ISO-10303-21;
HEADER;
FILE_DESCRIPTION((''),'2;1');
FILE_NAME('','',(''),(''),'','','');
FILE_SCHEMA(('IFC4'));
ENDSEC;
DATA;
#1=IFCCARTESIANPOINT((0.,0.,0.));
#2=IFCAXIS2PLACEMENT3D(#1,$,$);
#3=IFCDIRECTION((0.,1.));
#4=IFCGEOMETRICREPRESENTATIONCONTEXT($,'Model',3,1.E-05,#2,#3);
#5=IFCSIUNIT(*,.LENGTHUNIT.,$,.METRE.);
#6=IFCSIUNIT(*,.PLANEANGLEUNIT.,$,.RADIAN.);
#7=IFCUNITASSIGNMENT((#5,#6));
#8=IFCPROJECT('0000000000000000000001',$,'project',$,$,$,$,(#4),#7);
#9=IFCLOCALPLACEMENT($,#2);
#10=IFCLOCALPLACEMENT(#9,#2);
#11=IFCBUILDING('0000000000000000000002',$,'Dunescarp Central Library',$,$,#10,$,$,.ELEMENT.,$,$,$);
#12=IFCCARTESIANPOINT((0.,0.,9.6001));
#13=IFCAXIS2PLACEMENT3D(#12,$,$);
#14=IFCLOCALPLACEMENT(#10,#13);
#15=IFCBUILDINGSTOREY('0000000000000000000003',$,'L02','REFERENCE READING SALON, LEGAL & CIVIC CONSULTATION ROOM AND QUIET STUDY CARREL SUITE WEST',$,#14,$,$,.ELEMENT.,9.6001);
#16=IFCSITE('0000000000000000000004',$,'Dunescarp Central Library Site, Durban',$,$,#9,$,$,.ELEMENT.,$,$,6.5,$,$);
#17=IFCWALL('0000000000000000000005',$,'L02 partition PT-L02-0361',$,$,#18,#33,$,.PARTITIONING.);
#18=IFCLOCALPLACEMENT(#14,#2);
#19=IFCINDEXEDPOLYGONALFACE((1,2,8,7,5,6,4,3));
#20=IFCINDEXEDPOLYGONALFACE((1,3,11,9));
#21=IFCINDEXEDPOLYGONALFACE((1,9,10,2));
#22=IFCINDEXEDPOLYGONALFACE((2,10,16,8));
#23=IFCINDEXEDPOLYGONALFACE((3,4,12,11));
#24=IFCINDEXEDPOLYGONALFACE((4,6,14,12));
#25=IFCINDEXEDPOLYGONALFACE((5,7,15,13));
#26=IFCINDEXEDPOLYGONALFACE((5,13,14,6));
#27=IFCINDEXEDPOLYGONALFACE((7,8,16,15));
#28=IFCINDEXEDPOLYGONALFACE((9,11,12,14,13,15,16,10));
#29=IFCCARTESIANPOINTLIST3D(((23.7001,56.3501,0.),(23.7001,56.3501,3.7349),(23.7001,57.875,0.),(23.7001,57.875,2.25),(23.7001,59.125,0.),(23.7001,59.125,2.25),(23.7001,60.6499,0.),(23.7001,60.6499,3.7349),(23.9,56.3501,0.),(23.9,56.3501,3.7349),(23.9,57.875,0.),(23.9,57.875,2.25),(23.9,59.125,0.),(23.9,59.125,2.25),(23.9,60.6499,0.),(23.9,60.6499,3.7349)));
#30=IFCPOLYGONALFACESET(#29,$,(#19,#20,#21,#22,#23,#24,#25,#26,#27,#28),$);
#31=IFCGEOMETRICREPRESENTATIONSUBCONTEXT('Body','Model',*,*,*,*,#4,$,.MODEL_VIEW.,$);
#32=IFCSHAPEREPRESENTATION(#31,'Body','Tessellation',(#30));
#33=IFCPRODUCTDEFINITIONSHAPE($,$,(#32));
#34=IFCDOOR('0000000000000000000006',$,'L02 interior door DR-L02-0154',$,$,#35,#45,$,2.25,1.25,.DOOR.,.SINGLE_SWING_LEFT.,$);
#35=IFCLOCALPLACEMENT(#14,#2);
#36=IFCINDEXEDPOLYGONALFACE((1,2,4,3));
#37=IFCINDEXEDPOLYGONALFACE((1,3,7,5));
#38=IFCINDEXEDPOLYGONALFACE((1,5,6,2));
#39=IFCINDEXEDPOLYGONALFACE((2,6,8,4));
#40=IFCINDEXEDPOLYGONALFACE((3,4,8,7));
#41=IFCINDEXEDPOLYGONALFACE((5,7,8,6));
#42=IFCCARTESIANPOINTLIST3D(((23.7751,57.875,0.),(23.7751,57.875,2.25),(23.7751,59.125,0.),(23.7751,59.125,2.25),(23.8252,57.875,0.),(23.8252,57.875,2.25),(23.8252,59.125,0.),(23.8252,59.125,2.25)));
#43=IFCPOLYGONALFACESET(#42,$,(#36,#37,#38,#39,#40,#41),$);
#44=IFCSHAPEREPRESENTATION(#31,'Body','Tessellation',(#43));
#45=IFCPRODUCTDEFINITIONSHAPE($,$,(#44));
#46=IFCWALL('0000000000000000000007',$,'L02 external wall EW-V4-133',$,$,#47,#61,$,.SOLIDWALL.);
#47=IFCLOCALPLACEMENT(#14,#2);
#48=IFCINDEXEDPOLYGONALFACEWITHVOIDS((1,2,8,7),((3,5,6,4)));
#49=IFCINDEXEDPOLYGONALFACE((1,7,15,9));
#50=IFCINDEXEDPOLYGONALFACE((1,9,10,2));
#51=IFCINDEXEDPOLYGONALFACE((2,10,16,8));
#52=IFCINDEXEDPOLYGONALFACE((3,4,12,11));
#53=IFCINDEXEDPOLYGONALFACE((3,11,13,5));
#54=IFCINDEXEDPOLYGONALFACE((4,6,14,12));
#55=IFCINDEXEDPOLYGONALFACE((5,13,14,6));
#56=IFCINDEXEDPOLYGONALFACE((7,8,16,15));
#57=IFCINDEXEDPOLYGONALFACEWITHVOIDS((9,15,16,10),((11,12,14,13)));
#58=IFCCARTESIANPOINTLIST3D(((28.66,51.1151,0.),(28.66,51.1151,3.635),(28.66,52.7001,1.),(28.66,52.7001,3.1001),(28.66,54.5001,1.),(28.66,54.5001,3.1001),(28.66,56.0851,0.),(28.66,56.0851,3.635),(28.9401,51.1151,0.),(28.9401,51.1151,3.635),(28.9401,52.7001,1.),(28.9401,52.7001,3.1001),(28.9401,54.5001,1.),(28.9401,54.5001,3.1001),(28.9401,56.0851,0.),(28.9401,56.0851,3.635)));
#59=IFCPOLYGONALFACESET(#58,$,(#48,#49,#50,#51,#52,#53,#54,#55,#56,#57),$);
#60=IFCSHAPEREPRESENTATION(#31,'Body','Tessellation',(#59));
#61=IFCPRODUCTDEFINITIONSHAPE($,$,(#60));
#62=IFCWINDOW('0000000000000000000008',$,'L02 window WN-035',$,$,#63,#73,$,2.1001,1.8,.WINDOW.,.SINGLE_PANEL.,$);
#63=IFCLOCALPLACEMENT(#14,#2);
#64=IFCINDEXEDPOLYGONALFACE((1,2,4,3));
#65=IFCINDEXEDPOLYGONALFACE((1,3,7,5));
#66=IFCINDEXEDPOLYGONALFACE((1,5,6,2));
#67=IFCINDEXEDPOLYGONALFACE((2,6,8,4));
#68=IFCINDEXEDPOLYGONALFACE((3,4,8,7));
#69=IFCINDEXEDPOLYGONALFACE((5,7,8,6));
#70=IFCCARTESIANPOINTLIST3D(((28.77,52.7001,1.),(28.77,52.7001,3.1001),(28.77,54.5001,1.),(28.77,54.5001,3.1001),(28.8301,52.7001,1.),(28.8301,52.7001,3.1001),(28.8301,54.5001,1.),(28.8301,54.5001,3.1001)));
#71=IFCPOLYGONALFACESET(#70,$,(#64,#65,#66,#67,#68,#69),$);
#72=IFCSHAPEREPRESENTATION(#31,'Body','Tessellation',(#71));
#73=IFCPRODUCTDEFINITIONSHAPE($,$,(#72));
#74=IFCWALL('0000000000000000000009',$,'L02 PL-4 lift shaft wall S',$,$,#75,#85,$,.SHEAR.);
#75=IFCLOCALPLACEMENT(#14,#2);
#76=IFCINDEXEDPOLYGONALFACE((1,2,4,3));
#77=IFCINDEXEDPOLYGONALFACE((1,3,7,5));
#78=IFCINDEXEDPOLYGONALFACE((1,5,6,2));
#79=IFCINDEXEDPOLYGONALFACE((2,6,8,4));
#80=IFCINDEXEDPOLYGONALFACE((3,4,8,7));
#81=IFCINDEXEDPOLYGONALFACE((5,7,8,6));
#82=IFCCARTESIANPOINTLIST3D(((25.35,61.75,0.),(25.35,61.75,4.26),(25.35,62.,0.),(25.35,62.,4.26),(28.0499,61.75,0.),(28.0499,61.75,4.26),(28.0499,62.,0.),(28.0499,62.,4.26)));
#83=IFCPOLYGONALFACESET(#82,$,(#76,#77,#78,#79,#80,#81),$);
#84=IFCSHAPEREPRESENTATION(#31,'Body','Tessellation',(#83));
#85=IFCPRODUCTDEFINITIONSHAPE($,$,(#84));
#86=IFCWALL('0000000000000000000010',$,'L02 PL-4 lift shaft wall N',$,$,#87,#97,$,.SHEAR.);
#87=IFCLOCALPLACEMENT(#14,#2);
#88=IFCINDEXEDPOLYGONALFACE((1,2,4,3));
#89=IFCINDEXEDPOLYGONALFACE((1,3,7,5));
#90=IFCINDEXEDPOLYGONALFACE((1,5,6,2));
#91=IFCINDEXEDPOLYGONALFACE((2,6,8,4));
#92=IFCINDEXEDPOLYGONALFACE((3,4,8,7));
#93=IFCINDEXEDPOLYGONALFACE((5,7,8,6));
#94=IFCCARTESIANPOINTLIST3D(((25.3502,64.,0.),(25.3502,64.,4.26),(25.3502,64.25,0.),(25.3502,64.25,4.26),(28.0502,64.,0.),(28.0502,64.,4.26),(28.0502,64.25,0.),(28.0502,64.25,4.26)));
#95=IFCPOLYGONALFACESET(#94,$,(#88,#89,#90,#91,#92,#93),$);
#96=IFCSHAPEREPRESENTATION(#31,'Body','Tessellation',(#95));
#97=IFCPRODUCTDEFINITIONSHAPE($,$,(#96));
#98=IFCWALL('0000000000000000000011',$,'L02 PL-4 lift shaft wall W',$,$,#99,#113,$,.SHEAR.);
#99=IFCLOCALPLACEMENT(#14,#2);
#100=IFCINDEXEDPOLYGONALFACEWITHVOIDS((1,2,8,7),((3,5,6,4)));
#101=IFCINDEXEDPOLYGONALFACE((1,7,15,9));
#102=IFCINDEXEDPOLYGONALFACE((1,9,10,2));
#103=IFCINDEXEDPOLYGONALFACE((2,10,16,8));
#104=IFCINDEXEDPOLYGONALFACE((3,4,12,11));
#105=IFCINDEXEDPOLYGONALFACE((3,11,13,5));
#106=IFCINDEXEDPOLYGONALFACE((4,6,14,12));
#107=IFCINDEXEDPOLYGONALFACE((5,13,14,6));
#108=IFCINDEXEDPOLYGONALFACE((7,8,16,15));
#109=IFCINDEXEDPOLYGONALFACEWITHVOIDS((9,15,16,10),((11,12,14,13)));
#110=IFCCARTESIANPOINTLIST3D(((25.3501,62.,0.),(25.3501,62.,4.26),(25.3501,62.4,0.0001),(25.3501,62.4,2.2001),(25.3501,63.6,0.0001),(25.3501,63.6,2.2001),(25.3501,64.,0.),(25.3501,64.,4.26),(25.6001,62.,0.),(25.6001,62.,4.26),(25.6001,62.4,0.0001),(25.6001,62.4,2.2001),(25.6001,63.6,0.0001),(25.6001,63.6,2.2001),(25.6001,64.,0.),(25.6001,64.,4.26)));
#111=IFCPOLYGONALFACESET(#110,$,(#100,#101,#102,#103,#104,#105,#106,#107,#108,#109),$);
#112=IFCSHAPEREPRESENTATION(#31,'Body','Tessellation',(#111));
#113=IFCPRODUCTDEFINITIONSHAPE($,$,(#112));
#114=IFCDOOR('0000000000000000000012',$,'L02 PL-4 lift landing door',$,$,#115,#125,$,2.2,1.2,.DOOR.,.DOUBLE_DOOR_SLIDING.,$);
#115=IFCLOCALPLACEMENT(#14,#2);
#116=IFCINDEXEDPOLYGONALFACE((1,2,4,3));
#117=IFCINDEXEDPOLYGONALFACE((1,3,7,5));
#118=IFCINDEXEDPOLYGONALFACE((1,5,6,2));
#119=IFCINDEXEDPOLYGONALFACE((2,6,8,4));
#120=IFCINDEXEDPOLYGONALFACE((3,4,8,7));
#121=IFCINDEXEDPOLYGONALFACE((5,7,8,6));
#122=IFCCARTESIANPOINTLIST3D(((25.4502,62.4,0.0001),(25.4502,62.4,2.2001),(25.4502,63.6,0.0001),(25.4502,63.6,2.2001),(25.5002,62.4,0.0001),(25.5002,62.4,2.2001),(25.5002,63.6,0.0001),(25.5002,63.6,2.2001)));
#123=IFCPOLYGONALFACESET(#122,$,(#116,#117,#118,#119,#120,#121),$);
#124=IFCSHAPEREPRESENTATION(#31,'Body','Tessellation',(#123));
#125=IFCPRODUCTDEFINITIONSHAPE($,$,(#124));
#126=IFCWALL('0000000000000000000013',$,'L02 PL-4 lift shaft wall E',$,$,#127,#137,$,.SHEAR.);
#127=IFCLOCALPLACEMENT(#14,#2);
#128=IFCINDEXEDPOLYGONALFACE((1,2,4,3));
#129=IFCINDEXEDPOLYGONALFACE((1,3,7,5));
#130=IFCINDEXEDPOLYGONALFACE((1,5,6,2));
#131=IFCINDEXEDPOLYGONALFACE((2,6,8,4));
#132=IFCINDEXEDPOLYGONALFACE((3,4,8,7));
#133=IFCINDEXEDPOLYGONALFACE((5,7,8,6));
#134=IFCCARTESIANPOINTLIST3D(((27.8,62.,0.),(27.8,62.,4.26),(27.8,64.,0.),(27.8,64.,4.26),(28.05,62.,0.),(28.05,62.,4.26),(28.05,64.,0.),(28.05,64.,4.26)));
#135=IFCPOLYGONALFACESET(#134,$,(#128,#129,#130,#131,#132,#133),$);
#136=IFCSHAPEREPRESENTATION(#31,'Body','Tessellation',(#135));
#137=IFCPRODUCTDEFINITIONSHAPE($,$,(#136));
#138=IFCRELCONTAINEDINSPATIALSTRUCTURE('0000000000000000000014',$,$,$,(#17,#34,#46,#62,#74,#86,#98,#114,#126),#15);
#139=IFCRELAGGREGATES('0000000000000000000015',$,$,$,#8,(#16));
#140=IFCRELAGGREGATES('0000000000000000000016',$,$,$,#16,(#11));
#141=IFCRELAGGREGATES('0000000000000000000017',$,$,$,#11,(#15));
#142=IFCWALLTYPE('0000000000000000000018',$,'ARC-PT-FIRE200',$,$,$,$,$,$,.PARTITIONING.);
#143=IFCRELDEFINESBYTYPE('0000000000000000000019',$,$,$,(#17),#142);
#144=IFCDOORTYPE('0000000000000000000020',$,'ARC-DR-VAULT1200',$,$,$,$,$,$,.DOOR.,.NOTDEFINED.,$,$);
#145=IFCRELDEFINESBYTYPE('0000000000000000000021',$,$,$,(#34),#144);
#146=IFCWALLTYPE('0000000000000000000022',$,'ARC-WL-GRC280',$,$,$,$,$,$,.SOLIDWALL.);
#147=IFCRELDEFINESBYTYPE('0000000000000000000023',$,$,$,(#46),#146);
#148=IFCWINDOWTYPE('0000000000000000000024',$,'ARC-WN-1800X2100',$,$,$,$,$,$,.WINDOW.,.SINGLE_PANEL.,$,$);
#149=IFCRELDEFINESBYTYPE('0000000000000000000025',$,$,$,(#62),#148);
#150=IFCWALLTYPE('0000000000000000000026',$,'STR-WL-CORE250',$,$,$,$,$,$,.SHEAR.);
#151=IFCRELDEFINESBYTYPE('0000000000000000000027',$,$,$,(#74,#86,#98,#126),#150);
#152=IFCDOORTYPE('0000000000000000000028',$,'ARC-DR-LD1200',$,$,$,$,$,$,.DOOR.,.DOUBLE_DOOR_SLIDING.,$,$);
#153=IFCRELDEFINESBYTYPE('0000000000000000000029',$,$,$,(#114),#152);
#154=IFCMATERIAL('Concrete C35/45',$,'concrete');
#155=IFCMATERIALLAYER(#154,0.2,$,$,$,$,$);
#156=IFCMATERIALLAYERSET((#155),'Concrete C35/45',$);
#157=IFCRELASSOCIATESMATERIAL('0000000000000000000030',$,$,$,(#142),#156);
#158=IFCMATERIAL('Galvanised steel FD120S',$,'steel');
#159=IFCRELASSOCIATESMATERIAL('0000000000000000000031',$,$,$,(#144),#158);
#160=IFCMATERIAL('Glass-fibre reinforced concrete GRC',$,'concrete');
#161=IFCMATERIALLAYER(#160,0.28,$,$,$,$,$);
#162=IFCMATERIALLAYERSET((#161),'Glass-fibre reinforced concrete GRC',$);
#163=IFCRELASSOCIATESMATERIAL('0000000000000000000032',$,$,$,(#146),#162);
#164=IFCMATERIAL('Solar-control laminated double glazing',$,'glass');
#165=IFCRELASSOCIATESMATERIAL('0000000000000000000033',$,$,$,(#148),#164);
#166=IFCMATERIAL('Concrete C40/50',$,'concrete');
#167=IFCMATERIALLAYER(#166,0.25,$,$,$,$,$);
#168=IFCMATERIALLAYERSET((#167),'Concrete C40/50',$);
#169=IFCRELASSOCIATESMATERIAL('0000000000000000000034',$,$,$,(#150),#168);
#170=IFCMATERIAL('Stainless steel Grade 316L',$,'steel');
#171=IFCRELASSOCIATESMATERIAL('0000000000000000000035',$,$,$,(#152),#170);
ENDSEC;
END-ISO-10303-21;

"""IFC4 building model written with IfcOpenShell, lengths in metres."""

from ifc_helpers import new_model, si_unit, direction, frame, frame_2d, origin, place, context, subcontext, project, spatial, rectangle, extrude, material, layer, layer_set, type_object, element, fill, save


model = new_model("IFC4")

# Units and contexts
model_context = context("Model", 3, precision=1e-05, world=origin(), true_north=direction((0.0, 1.0)))
body_context = subcontext(model_context, "Body", "Model", "MODEL_VIEW")
ifc_project = project(units=[si_unit("LENGTHUNIT", "METRE"), si_unit("PLANEANGLEUNIT", "RADIAN")], contexts=[model_context])

# Site, building, storey
site_placement = place(None, origin())
site = spatial("IfcSite", under=ifc_project, at=site_placement, Name="Dunescarp Central Library Site, Durban", CompositionType="ELEMENT", RefElevation=6.5)
building_placement = place(site_placement, origin())
building = spatial("IfcBuilding", under=site, at=building_placement, Name="Dunescarp Central Library", CompositionType="ELEMENT")
storey_placement = place(building_placement, frame((0.0, 0.0, 9.6001)))
storey = spatial("IfcBuildingStorey", under=building, at=storey_placement, Name="L02", Description="REFERENCE READING SALON, LEGAL & CIVIC CONSULTATION ROOM AND QUIET STUDY CARREL SUITE WEST", CompositionType="ELEMENT", Elevation=9.6001)

# Wall, opening, door
ifc_material_1 = material(Name="Concrete C35/45", Category="concrete")
ifc_layer_1 = layer(ifc_material_1, 0.2)
ifc_layer_set_1 = layer_set([ifc_layer_1], Name="Concrete C35/45")
wall_type_1 = type_object("IfcWallType", Name="ARC-PT-FIRE200", PredefinedType="PARTITIONING", material=ifc_layer_set_1)
wall_1_placement = place(storey_placement, frame((23.8, 56.3501, 0.0), z_axis=(0.0, 0.0, 1.0), x_axis=(0.0, 1.0, 0.0)))
wall_1 = element("IfcWall", 1, at=wall_1_placement, inside=storey, type_object=wall_type_1, Name="L02 partition PT-L02-0361", PredefinedType="PARTITIONING", context=body_context, shape_type="SweptSolid", body=[
    extrude(rectangle(XDim=4.2998, YDim=0.2, at=frame_2d((2.1499, 0.0))), origin(), (0.0, 0.0, 1.0), 3.7349),
])
opening_1_placement = place(wall_1_placement, frame((1.5249, 0.0, 0.0)))
opening_1 = element("IfcOpeningElement", 2, at=opening_1_placement, cuts=wall_1, PredefinedType="OPENING", context=body_context, shape_type="SweptSolid", body=[
    extrude(rectangle(XDim=1.25, YDim=2.25, at=frame_2d((0.625, 1.125))), frame((0.0, 0.1099, 0.0), z_axis=(0.0, -1.0, 0.0), x_axis=(1.0, 0.0, 0.0)), (0.0, 0.0, 1.0), 0.22),
])
ifc_material_2 = material(Name="Galvanised steel FD120S", Category="steel")
door_type_1 = type_object("IfcDoorType", Name="ARC-DR-VAULT1200", OperationType="NOTDEFINED", PredefinedType="DOOR", material=ifc_material_2)
door_1_placement = place(opening_1_placement, origin())
door_1 = element("IfcDoor", 3, at=door_1_placement, inside=storey, type_object=door_type_1, Name="L02 interior door DR-L02-0154", OperationType="SINGLE_SWING_LEFT", OverallHeight=2.25, OverallWidth=1.25, PredefinedType="DOOR", context=body_context, shape_type="SweptSolid", body=[
    extrude(rectangle(XDim=1.25, YDim=2.25, at=frame_2d((0.625, 1.125))), frame((0.0, 0.0249, 0.0), z_axis=(0.0, -1.0, 0.0), x_axis=(1.0, 0.0, 0.0)), (0.0, 0.0, 1.0), 0.05),
])
fill(opening_1, door_1)

# Wall, opening, window
ifc_material_3 = material(Name="Glass-fibre reinforced concrete GRC", Category="concrete")
ifc_layer_2 = layer(ifc_material_3, 0.28)
ifc_layer_set_2 = layer_set([ifc_layer_2], Name="Glass-fibre reinforced concrete GRC")
wall_type_2 = type_object("IfcWallType", Name="ARC-WL-GRC280", PredefinedType="SOLIDWALL", material=ifc_layer_set_2)
wall_2_placement = place(storey_placement, frame((28.8, 56.085, 0.0), z_axis=(0.0, 0.0, 1.0), x_axis=(0.0, -1.0, 0.0)))
wall_2 = element("IfcWall", 4, at=wall_2_placement, inside=storey, type_object=wall_type_2, Name="L02 external wall EW-V4-133", PredefinedType="SOLIDWALL", context=body_context, shape_type="SweptSolid", body=[
    extrude(rectangle(XDim=4.97, YDim=0.28, at=frame_2d((2.4849, 0.0))), origin(), (0.0, 0.0, 1.0), 3.635),
])
opening_2_placement = place(wall_2_placement, frame((1.585, 0.0, 1.0)))
opening_2 = element("IfcOpeningElement", 5, at=opening_2_placement, cuts=wall_2, PredefinedType="OPENING", context=body_context, shape_type="SweptSolid", body=[
    extrude(rectangle(XDim=1.8, YDim=2.1001, at=frame_2d((0.8999, 1.05))), frame((0.0, 0.1499, 0.0), z_axis=(0.0, -1.0, 0.0), x_axis=(1.0, 0.0, 0.0)), (0.0, 0.0, 1.0), 0.3),
])
ifc_material_4 = material(Name="Solar-control laminated double glazing", Category="glass")
window_type = type_object("IfcWindowType", Name="ARC-WN-1800X2100", PartitioningType="SINGLE_PANEL", PredefinedType="WINDOW", material=ifc_material_4)
window_placement = place(opening_2_placement, origin())
window = element("IfcWindow", 6, at=window_placement, inside=storey, type_object=window_type, Name="L02 window WN-035", OverallHeight=2.1001, OverallWidth=1.8, PartitioningType="SINGLE_PANEL", PredefinedType="WINDOW", context=body_context, shape_type="SweptSolid", body=[
    extrude(rectangle(XDim=1.8, YDim=2.1001, at=frame_2d((0.8999, 1.05))), frame((0.0, 0.03, 0.0), z_axis=(0.0, -1.0, 0.0), x_axis=(1.0, 0.0, 0.0)), (0.0, 0.0, 1.0), 0.0601),
])
fill(opening_2, window)

# Walls
ifc_material_5 = material(Name="Concrete C40/50", Category="concrete")
ifc_layer_3 = layer(ifc_material_5, 0.25)
ifc_layer_set_3 = layer_set([ifc_layer_3], Name="Concrete C40/50")
wall_type_3 = type_object("IfcWallType", Name="STR-WL-CORE250", PredefinedType="SHEAR", material=ifc_layer_set_3)
for number, where, z_axis, x_axis, name in (
    (7, (28.05, 61.875, 0.0), (0.0, 0.0, 1.0), (-1.0, 0.0, 0.0), "L02 PL-4 lift shaft wall S"),
    (8, (25.3501, 64.125, 0.0), (0.0, 0.0, 1.0), (1.0, 0.0, 0.0), "L02 PL-4 lift shaft wall N"),
):
    element("IfcWall", number, at=place(storey_placement, frame(where, z_axis=z_axis, x_axis=x_axis)), inside=storey, type_object=wall_type_3, Name=name, PredefinedType="SHEAR", context=body_context, shape_type="SweptSolid", body=[
        extrude(rectangle(XDim=2.7, YDim=0.25, at=frame_2d((1.3501, 0.0))), origin(), (0.0, 0.0, 1.0), 4.26),
    ])

# Wall, opening, door
wall_3_placement = place(storey_placement, frame((25.4751, 62.0, 0.0), z_axis=(0.0, 0.0, 1.0), x_axis=(0.0, 1.0, 0.0)))
wall_3 = element("IfcWall", 9, at=wall_3_placement, inside=storey, type_object=wall_type_3, Name="L02 PL-4 lift shaft wall W", PredefinedType="SHEAR", context=body_context, shape_type="SweptSolid", body=[
    extrude(rectangle(XDim=2.0, YDim=0.25, at=frame_2d((1.0, 0.0))), origin(), (0.0, 0.0, 1.0), 4.26),
])
opening_3_placement = place(wall_3_placement, frame((0.3999, 0.0, 0.0)))
opening_3 = element("IfcOpeningElement", 10, at=opening_3_placement, cuts=wall_3, PredefinedType="OPENING", context=body_context, shape_type="SweptSolid", body=[
    extrude(rectangle(XDim=1.2, YDim=2.2, at=frame_2d((0.6001, 1.1001))), frame((0.0, 0.135, 0.0), z_axis=(0.0, -1.0, 0.0), x_axis=(1.0, 0.0, 0.0)), (0.0, 0.0, 1.0), 0.27),
])
ifc_material_6 = material(Name="Stainless steel Grade 316L", Category="steel")
door_type_2 = type_object("IfcDoorType", Name="ARC-DR-LD1200", OperationType="DOUBLE_DOOR_SLIDING", PredefinedType="DOOR", material=ifc_material_6)
door_2_placement = place(opening_3_placement, origin())
door_2 = element("IfcDoor", 11, at=door_2_placement, inside=storey, type_object=door_type_2, Name="L02 PL-4 lift landing door", OperationType="DOUBLE_DOOR_SLIDING", OverallHeight=2.2, OverallWidth=1.2, PredefinedType="DOOR", context=body_context, shape_type="SweptSolid", body=[
    extrude(rectangle(XDim=1.2, YDim=2.2, at=frame_2d((0.6001, 1.1001))), frame((0.0, 0.0249, 0.0), z_axis=(0.0, -1.0, 0.0), x_axis=(1.0, 0.0, 0.0)), (0.0, 0.0, 1.0), 0.05),
])
fill(opening_3, door_2)

# Wall
wall_4_placement = place(storey_placement, frame((27.925, 64.0, 0.0), z_axis=(0.0, 0.0, 1.0), x_axis=(0.0, -1.0, 0.0)))
element("IfcWall", 12, at=wall_4_placement, inside=storey, type_object=wall_type_3, Name="L02 PL-4 lift shaft wall E", PredefinedType="SHEAR", context=body_context, shape_type="SweptSolid", body=[
    extrude(rectangle(XDim=2.0, YDim=0.25, at=frame_2d((1.0, 0.0))), origin(), (0.0, 0.0, 1.0), 4.26),
])

save(model, "model.ifc")
